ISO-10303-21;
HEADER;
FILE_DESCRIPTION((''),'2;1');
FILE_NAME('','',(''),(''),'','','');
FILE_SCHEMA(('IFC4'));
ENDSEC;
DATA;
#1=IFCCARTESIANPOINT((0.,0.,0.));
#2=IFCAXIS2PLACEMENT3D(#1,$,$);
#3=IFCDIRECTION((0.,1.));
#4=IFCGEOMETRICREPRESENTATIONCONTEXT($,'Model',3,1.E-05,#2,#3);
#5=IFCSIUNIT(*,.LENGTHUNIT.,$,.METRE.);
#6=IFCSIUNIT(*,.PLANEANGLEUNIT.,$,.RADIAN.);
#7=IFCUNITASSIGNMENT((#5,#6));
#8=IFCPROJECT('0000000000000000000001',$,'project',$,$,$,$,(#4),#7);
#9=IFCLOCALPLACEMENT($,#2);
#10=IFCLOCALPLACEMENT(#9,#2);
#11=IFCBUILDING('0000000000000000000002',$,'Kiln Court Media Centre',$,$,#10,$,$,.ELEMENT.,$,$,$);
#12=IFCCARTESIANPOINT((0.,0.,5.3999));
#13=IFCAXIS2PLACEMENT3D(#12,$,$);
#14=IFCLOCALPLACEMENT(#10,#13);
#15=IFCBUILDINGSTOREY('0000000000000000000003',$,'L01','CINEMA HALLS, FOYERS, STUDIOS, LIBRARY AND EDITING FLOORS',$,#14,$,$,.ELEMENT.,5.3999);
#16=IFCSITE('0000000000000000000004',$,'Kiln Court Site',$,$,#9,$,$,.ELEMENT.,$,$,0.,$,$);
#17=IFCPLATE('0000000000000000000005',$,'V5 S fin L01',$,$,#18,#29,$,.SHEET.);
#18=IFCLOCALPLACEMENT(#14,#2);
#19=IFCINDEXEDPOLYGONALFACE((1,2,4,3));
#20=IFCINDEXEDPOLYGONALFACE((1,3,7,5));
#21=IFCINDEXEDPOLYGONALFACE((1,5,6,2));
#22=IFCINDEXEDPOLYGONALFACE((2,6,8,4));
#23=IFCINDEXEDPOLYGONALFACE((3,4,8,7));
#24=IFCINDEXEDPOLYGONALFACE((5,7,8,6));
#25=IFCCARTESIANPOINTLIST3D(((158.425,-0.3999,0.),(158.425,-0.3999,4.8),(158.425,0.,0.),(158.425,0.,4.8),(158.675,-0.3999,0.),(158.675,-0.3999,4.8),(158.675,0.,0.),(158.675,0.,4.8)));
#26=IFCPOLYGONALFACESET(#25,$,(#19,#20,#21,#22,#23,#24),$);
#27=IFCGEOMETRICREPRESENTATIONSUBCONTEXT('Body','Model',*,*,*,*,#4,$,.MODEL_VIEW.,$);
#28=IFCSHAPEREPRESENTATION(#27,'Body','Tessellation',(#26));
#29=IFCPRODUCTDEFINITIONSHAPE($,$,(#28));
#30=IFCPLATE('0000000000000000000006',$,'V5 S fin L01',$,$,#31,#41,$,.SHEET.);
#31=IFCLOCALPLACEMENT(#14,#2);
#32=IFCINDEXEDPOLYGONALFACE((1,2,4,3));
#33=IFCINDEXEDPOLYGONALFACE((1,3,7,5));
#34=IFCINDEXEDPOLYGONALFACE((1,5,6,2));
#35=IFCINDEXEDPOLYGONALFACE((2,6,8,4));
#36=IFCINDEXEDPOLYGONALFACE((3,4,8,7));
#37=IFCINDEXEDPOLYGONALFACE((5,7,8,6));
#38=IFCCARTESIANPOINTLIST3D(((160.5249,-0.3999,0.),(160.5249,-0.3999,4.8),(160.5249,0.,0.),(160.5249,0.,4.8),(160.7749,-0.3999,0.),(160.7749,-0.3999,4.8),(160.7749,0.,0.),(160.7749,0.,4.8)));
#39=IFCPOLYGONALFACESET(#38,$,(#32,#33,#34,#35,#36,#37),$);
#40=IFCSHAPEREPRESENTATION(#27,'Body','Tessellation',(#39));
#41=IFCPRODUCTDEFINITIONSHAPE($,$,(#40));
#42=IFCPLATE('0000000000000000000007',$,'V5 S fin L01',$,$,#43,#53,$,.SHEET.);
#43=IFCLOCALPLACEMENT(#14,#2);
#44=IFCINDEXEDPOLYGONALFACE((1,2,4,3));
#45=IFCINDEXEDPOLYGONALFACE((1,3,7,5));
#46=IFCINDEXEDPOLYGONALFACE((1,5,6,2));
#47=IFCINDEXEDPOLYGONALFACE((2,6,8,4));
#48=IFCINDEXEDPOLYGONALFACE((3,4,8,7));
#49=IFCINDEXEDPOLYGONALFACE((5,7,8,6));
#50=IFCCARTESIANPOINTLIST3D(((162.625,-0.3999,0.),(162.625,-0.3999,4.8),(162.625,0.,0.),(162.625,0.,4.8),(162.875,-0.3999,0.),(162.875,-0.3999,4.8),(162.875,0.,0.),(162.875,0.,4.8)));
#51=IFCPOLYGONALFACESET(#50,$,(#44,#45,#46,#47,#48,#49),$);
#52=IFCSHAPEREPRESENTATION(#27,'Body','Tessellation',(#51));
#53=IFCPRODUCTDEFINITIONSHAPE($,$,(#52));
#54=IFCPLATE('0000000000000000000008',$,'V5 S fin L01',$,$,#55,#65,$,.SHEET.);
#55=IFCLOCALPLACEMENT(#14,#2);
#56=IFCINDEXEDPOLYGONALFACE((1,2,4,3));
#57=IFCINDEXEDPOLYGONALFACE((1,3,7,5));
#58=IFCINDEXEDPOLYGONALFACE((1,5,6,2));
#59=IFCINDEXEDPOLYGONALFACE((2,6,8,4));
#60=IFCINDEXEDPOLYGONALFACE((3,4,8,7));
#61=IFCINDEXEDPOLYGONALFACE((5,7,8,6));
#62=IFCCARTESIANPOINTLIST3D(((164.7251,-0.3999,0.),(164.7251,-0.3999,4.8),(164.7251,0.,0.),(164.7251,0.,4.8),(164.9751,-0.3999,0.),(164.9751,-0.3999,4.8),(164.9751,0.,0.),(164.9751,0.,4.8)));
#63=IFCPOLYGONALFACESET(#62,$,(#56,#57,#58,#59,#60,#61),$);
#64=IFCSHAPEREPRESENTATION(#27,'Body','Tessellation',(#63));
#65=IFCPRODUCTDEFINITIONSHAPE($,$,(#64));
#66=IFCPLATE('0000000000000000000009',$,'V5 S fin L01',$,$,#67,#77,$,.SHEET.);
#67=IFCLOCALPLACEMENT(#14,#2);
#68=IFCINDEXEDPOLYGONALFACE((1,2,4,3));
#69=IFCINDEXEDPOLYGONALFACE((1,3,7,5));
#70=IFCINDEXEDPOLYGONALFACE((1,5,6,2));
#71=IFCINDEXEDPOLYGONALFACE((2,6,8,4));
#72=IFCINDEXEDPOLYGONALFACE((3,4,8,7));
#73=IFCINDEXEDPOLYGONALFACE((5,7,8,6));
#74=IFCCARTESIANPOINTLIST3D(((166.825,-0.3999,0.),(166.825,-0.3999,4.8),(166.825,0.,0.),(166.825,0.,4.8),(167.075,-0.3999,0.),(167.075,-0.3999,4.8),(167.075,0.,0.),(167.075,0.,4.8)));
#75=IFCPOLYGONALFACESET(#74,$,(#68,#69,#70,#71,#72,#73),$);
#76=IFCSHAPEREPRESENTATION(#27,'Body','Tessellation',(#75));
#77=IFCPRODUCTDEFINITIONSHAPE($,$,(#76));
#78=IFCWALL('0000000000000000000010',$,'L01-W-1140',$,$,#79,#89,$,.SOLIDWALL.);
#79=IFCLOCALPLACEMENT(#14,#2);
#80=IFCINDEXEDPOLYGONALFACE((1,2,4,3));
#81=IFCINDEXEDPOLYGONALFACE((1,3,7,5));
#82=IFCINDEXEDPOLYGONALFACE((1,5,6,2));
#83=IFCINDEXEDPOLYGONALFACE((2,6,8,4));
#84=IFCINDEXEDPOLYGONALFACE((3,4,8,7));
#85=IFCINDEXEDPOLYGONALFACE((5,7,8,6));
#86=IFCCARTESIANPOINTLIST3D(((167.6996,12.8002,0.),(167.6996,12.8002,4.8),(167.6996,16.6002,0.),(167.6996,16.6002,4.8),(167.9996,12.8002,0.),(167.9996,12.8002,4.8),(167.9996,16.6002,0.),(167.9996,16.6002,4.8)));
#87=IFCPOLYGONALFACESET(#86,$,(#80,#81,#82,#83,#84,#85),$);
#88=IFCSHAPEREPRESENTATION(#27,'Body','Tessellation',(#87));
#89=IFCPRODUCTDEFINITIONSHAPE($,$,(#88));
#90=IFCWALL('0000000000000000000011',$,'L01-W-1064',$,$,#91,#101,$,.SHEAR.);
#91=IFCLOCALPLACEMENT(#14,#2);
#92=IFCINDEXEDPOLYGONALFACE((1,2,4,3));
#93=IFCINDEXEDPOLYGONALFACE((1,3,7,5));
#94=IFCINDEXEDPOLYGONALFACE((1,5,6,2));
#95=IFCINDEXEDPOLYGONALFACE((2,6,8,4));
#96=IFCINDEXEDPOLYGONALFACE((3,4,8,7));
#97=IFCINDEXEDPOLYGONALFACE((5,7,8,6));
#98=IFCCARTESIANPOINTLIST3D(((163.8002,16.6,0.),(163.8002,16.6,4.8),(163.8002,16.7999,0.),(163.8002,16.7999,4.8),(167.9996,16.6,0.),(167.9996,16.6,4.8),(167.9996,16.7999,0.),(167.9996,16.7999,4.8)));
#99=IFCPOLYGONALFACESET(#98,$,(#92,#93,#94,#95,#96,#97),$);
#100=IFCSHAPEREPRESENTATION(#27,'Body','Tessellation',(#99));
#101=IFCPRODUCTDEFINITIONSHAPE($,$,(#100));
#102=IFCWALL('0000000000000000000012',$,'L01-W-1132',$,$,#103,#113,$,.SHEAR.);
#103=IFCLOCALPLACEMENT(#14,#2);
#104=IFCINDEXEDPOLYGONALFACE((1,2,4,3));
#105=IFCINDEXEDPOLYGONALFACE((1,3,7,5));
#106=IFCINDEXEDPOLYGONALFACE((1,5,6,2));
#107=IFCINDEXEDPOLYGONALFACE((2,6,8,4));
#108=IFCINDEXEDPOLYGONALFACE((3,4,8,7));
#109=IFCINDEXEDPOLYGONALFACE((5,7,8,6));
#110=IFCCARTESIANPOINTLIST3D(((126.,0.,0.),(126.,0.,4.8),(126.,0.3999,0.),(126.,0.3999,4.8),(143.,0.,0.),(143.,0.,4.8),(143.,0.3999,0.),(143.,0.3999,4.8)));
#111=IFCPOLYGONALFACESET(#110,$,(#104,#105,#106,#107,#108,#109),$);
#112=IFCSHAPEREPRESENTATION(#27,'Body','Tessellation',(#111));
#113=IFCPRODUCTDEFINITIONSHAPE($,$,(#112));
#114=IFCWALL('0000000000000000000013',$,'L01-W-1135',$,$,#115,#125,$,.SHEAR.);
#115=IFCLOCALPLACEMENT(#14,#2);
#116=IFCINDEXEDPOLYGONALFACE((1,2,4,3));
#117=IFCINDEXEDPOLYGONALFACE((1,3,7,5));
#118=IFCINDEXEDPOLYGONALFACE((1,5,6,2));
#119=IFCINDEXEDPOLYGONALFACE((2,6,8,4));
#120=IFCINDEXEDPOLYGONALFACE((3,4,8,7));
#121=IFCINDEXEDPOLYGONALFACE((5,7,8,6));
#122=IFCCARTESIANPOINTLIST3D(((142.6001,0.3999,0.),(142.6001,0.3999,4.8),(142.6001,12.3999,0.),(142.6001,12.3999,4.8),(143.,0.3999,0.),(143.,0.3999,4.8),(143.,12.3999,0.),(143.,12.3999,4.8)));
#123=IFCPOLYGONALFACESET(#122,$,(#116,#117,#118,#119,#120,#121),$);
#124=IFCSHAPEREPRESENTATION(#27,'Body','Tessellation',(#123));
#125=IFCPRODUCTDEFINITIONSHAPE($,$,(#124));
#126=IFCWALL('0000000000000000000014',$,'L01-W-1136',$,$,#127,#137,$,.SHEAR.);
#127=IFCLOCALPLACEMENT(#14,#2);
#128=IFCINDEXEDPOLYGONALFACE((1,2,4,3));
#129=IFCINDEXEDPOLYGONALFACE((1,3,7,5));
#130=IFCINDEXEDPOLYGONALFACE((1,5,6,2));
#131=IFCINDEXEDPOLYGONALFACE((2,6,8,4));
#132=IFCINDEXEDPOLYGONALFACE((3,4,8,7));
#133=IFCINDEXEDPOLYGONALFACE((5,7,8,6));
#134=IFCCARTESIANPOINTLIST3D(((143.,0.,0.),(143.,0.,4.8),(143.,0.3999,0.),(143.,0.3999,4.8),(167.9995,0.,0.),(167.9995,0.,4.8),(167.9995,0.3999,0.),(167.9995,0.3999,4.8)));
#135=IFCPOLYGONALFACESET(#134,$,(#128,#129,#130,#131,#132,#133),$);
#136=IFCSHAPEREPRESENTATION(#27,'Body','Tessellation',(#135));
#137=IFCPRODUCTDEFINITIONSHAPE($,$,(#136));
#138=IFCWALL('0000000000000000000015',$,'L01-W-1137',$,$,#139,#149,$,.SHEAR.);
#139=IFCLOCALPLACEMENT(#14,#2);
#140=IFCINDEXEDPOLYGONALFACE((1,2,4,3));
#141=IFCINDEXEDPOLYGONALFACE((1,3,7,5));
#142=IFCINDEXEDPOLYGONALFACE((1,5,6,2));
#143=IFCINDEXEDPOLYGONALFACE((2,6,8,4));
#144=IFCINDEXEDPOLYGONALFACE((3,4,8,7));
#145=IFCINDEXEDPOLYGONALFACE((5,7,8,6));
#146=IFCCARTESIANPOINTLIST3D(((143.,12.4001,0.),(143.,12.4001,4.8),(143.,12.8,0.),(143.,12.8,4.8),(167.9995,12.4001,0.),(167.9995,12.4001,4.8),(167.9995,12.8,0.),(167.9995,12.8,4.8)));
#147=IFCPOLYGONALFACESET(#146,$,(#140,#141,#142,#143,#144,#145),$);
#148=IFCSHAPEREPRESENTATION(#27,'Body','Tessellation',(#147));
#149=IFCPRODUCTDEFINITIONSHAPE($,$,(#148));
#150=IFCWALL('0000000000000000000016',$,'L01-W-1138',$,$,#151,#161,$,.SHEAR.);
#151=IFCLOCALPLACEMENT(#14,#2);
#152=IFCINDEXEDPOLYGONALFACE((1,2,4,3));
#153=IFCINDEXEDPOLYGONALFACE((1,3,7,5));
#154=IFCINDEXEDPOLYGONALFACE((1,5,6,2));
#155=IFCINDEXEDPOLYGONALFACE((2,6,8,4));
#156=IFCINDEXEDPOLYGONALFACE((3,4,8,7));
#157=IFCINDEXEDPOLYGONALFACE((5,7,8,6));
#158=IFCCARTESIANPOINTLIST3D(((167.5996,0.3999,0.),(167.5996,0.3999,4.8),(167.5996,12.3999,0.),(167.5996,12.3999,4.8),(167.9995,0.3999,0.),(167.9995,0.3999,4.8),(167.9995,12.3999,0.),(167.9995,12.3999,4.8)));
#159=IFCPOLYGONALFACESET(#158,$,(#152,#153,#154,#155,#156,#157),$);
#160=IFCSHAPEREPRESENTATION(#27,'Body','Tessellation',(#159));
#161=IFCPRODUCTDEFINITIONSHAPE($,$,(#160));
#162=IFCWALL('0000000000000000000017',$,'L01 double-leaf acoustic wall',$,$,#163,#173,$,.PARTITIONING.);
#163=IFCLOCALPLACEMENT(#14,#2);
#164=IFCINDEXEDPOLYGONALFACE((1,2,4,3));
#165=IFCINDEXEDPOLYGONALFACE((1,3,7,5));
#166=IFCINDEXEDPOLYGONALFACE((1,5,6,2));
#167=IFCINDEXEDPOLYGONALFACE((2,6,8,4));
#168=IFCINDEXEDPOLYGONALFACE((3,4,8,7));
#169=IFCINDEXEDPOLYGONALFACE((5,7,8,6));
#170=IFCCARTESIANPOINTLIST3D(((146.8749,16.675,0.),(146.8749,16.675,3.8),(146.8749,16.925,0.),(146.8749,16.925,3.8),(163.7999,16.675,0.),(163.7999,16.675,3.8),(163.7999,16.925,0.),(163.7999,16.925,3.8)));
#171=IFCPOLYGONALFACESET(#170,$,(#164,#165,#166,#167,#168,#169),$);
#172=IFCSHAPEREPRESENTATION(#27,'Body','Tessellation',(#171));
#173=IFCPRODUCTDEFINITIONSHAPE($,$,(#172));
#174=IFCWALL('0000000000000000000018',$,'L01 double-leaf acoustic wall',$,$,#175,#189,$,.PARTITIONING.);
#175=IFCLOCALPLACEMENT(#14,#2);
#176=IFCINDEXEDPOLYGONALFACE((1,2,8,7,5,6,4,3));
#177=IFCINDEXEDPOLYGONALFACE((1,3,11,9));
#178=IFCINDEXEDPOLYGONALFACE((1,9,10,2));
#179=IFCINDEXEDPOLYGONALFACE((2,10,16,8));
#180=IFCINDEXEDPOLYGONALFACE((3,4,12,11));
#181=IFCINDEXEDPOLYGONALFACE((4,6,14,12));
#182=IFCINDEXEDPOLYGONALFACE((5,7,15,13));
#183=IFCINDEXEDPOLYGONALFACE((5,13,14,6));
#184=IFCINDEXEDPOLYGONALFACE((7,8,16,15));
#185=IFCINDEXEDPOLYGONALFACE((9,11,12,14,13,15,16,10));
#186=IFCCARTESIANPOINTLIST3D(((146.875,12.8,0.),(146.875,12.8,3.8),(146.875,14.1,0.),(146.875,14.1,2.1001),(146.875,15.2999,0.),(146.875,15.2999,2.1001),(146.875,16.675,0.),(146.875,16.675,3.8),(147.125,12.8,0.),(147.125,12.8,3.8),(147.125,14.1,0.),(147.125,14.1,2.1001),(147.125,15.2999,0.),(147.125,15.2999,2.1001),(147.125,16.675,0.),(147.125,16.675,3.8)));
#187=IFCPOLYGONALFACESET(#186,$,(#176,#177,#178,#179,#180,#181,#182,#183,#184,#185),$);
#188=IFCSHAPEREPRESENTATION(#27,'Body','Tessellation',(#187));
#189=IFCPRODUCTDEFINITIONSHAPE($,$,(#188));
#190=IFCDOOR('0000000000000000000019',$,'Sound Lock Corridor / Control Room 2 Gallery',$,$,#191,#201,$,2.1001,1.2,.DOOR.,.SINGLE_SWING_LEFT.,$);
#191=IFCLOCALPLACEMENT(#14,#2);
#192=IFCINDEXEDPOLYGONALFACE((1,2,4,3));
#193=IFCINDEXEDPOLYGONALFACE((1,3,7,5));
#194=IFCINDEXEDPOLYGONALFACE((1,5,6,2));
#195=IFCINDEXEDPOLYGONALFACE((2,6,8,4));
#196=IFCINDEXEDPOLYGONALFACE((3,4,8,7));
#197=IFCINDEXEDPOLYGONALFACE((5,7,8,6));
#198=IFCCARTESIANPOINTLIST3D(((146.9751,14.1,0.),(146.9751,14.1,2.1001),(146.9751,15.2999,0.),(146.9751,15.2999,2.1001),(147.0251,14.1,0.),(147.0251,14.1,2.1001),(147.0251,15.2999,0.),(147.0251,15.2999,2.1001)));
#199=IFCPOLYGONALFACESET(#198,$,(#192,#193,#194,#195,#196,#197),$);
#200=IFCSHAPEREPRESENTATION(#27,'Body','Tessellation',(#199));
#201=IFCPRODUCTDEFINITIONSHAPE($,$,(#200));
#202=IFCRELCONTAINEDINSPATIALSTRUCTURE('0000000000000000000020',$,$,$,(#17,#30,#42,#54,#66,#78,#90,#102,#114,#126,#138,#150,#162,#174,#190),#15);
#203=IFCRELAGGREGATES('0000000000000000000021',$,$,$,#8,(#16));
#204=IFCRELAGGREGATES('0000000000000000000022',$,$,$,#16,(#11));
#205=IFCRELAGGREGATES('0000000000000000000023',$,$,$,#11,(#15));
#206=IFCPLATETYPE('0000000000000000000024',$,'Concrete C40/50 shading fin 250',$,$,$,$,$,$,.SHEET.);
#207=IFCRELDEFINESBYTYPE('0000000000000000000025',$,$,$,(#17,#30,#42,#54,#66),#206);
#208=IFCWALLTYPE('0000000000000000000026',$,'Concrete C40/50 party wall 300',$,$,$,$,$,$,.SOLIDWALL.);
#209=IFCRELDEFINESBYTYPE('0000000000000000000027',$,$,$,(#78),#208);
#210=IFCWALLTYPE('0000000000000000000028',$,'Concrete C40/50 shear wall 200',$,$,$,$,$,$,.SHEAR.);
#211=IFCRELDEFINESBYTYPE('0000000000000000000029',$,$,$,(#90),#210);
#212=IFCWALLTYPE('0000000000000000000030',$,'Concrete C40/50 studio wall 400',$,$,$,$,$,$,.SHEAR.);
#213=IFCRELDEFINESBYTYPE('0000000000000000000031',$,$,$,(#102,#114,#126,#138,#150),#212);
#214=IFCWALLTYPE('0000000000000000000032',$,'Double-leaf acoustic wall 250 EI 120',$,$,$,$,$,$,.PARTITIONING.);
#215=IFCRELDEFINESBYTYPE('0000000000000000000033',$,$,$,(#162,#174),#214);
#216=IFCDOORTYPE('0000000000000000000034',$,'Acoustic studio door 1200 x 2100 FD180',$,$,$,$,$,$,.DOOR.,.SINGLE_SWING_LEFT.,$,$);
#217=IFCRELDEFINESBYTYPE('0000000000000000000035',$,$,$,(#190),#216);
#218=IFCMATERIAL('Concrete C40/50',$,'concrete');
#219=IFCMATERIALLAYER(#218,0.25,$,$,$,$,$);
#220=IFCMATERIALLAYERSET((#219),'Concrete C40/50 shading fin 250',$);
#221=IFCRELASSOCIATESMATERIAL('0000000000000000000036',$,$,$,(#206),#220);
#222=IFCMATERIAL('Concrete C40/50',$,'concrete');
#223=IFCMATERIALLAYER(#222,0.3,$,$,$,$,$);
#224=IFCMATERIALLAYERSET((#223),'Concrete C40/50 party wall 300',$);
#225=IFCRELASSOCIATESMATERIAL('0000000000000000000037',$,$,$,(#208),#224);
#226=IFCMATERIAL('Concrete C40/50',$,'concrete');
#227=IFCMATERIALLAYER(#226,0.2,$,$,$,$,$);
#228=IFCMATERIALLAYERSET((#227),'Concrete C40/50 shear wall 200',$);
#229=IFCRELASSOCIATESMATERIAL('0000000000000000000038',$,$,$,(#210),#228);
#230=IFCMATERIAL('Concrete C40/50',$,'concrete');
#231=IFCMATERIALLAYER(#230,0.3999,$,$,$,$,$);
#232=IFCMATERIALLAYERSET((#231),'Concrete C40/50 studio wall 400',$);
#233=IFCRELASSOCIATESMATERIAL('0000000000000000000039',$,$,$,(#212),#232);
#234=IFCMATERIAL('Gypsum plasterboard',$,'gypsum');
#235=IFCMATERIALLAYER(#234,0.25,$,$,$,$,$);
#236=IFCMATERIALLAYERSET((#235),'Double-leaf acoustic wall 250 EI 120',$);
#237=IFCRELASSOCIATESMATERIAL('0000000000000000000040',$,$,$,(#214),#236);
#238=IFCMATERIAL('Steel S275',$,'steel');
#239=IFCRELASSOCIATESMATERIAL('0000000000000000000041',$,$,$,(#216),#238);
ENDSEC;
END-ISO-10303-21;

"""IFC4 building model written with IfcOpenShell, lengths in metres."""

from ifc_helpers import new_model, si_unit, direction, frame, frame_2d, origin, origin_2d, place, context, subcontext, project, spatial, rectangle, extrude, material, layer, layer_set, type_object, element, fill, save


model = new_model("IFC4")

# Units and contexts
model_context = context("Model", 3, precision=1e-05, world=origin(), true_north=direction((0.0, 1.0)))
body_context = subcontext(model_context, "Body", "Model", "MODEL_VIEW")
ifc_project = project(units=[si_unit("LENGTHUNIT", "METRE"), si_unit("PLANEANGLEUNIT", "RADIAN")], contexts=[model_context])

# Site, building, storey
site_placement = place(None, origin())
site = spatial("IfcSite", under=ifc_project, at=site_placement, Name="Kiln Court Site", CompositionType="ELEMENT", RefElevation=0.0)
building_placement = place(site_placement, origin())
building = spatial("IfcBuilding", under=site, at=building_placement, Name="Kiln Court Media Centre", CompositionType="ELEMENT")
storey_placement = place(building_placement, frame((0.0, 0.0, 5.3999)))
storey = spatial("IfcBuildingStorey", under=building, at=storey_placement, Name="L01", Description="CINEMA HALLS, FOYERS, STUDIOS, LIBRARY AND EDITING FLOORS", CompositionType="ELEMENT", Elevation=5.3999)

# Plates
ifc_material_1 = material(Name="Concrete C40/50", Category="concrete")
ifc_layer_1 = layer(ifc_material_1, 0.25)
ifc_layer_set_1 = layer_set([ifc_layer_1], Name="Concrete C40/50 shading fin 250")
plate_type = type_object("IfcPlateType", Name="Concrete C40/50 shading fin 250", PredefinedType="SHEET", material=ifc_layer_set_1)
for number, where, z_axis, x_axis, name in (
    (1, (158.55, -0.2, 0.0), (0.0, 0.0, 1.0), (1.0, 0.0, 0.0), "V5 S fin L01"),
    (2, (160.6499, -0.2, 0.0), (0.0, 0.0, 1.0), (1.0, 0.0, 0.0), "V5 S fin L01"),
    (3, (162.75, -0.2, 0.0), (0.0, 0.0, 1.0), (1.0, 0.0, 0.0), "V5 S fin L01"),
    (4, (164.8501, -0.2, 0.0), (0.0, 0.0, 1.0), (1.0, 0.0, 0.0), "V5 S fin L01"),
    (5, (166.95, -0.2, 0.0), (0.0, 0.0, 1.0), (1.0, 0.0, 0.0), "V5 S fin L01"),
):
    element("IfcPlate", number, at=place(storey_placement, frame(where, z_axis=z_axis, x_axis=x_axis)), inside=storey, type_object=plate_type, Name=name, PredefinedType="SHEET", context=body_context, shape_type="SweptSolid", body=[
        extrude(rectangle(XDim=0.25, YDim=0.3999, at=origin_2d()), origin(), (0.0, 0.0, 1.0), 4.8),
    ])

# Walls
ifc_material_2 = material(Name="Concrete C40/50", Category="concrete")
ifc_layer_2 = layer(ifc_material_2, 0.3)
ifc_layer_set_2 = layer_set([ifc_layer_2], Name="Concrete C40/50 party wall 300")
wall_type_1 = type_object("IfcWallType", Name="Concrete C40/50 party wall 300", PredefinedType="SOLIDWALL", material=ifc_layer_set_2)
wall_1_placement = place(storey_placement, frame((167.8496, 16.6001, 0.0), z_axis=(0.0, 0.0, 1.0), x_axis=(0.0, -1.0, 0.0)))
element("IfcWall", 6, at=wall_1_placement, inside=storey, type_object=wall_type_1, Name="L01-W-1140", PredefinedType="SOLIDWALL", context=body_context, shape_type="SweptSolid", body=[
    extrude(rectangle(XDim=3.8, YDim=0.3, at=frame_2d((1.8999, 0.0))), origin(), (0.0, 0.0, 1.0), 4.8),
])
ifc_material_3 = material(Name="Concrete C40/50", Category="concrete")
ifc_layer_3 = layer(ifc_material_3, 0.2)
ifc_layer_set_3 = layer_set([ifc_layer_3], Name="Concrete C40/50 shear wall 200")
wall_type_2 = type_object("IfcWallType", Name="Concrete C40/50 shear wall 200", PredefinedType="SHEAR", material=ifc_layer_set_3)
wall_2_placement = place(storey_placement, frame((167.9995, 16.7, 0.0), z_axis=(0.0, 0.0, 1.0), x_axis=(-1.0, 0.0, 0.0)))
element("IfcWall", 7, at=wall_2_placement, inside=storey, type_object=wall_type_2, Name="L01-W-1064", PredefinedType="SHEAR", context=body_context, shape_type="SweptSolid", body=[
    extrude(rectangle(XDim=4.1995, YDim=0.2, at=frame_2d((2.0996, 0.0))), origin(), (0.0, 0.0, 1.0), 4.8),
])
ifc_material_4 = material(Name="Concrete C40/50", Category="concrete")
ifc_layer_4 = layer(ifc_material_4, 0.3999)
ifc_layer_set_4 = layer_set([ifc_layer_4], Name="Concrete C40/50 studio wall 400")
wall_type_3 = type_object("IfcWallType", Name="Concrete C40/50 studio wall 400", PredefinedType="SHEAR", material=ifc_layer_set_4)
wall_3_placement = place(storey_placement, frame((143.0, 0.2, 0.0), z_axis=(0.0, 0.0, 1.0), x_axis=(-1.0, 0.0, 0.0)))
element("IfcWall", 8, at=wall_3_placement, inside=storey, type_object=wall_type_3, Name="L01-W-1132", PredefinedType="SHEAR", context=body_context, shape_type="SweptSolid", body=[
    extrude(rectangle(XDim=17.0, YDim=0.3999, at=frame_2d((8.5, 0.0))), origin(), (0.0, 0.0, 1.0), 4.8),
])
wall_4_placement = place(storey_placement, frame((142.8, 12.3999, 0.0), z_axis=(0.0, 0.0, 1.0), x_axis=(0.0, -1.0, 0.0)))
element("IfcWall", 9, at=wall_4_placement, inside=storey, type_object=wall_type_3, Name="L01-W-1135", PredefinedType="SHEAR", context=body_context, shape_type="SweptSolid", body=[
    extrude(rectangle(XDim=12.0, YDim=0.3999, at=frame_2d((6.0, 0.0))), origin(), (0.0, 0.0, 1.0), 4.8),
])
for number, where, z_axis, x_axis, name in (
    (10, (167.9995, 0.2, 0.0), (0.0, 0.0, 1.0), (-1.0, 0.0, 0.0), "L01-W-1136"),
    (11, (143.0, 12.6001, 0.0), (0.0, 0.0, 1.0), (1.0, 0.0, 0.0), "L01-W-1137"),
):
    element("IfcWall", number, at=place(storey_placement, frame(where, z_axis=z_axis, x_axis=x_axis)), inside=storey, type_object=wall_type_3, Name=name, PredefinedType="SHEAR", context=body_context, shape_type="SweptSolid", body=[
        extrude(rectangle(XDim=24.9995, YDim=0.3999, at=frame_2d((12.4998, 0.0))), origin(), (0.0, 0.0, 1.0), 4.8),
    ])
wall_5_placement = place(storey_placement, frame((167.7996, 12.3999, 0.0), z_axis=(0.0, 0.0, 1.0), x_axis=(0.0, -1.0, 0.0)))
element("IfcWall", 12, at=wall_5_placement, inside=storey, type_object=wall_type_3, Name="L01-W-1138", PredefinedType="SHEAR", context=body_context, shape_type="SweptSolid", body=[
    extrude(rectangle(XDim=12.0, YDim=0.3999, at=frame_2d((6.0, 0.0))), origin(), (0.0, 0.0, 1.0), 4.8),
])
ifc_material_5 = material(Name="Gypsum plasterboard", Category="gypsum")
ifc_layer_5 = layer(ifc_material_5, 0.25)
ifc_layer_set_5 = layer_set([ifc_layer_5], Name="Double-leaf acoustic wall 250 EI 120")
wall_type_4 = type_object("IfcWallType", Name="Double-leaf acoustic wall 250 EI 120", PredefinedType="PARTITIONING", material=ifc_layer_set_5)
wall_6_placement = place(storey_placement, frame((146.875, 16.8, 0.0), z_axis=(0.0, 0.0, 1.0), x_axis=(1.0, 0.0, 0.0)))
element("IfcWall", 13, at=wall_6_placement, inside=storey, type_object=wall_type_4, Name="L01 double-leaf acoustic wall", PredefinedType="PARTITIONING", context=body_context, shape_type="SweptSolid", body=[
    extrude(rectangle(XDim=16.925, YDim=0.25, at=frame_2d((8.4624, 0.0))), origin(), (0.0, 0.0, 1.0), 3.8),
])

# Wall, opening, door
wall_7_placement = place(storey_placement, frame((147.0, 12.8, 0.0), z_axis=(0.0, 0.0, 1.0), x_axis=(0.0, 1.0, 0.0)))
wall_7 = element("IfcWall", 14, at=wall_7_placement, inside=storey, type_object=wall_type_4, Name="L01 double-leaf acoustic wall", PredefinedType="PARTITIONING", context=body_context, shape_type="SweptSolid", body=[
    extrude(rectangle(XDim=3.875, YDim=0.25, at=frame_2d((1.9375, 0.0))), origin(), (0.0, 0.0, 1.0), 3.8),
])
opening_placement = place(wall_7_placement, frame((1.2998, 0.0, 0.0)))
opening = element("IfcOpeningElement", 15, at=opening_placement, cuts=wall_7, PredefinedType="OPENING", context=body_context, shape_type="SweptSolid", body=[
    extrude(rectangle(XDim=1.2, YDim=2.1001, at=frame_2d((0.6001, 1.05))), frame((0.0, 0.135, 0.0), z_axis=(0.0, -1.0, 0.0), x_axis=(1.0, 0.0, 0.0)), (0.0, 0.0, 1.0), 0.27),
])
ifc_material_6 = material(Name="Steel S275", Category="steel")
door_type = type_object("IfcDoorType", Name="Acoustic studio door 1200 x 2100 FD180", OperationType="SINGLE_SWING_LEFT", PredefinedType="DOOR", material=ifc_material_6)
door_placement = place(opening_placement, origin())
door = element("IfcDoor", 16, at=door_placement, inside=storey, type_object=door_type, Name="Sound Lock Corridor / Control Room 2 Gallery", OperationType="SINGLE_SWING_LEFT", OverallHeight=2.1001, OverallWidth=1.2, PredefinedType="DOOR", context=body_context, shape_type="SweptSolid", body=[
    extrude(rectangle(XDim=1.2, YDim=2.1001, at=frame_2d((0.6001, 1.05))), frame((0.0, 0.0249, 0.0), z_axis=(0.0, -1.0, 0.0), x_axis=(1.0, 0.0, 0.0)), (0.0, 0.0, 1.0), 0.05),
])
fill(opening, door)

save(model, "model.ifc")
